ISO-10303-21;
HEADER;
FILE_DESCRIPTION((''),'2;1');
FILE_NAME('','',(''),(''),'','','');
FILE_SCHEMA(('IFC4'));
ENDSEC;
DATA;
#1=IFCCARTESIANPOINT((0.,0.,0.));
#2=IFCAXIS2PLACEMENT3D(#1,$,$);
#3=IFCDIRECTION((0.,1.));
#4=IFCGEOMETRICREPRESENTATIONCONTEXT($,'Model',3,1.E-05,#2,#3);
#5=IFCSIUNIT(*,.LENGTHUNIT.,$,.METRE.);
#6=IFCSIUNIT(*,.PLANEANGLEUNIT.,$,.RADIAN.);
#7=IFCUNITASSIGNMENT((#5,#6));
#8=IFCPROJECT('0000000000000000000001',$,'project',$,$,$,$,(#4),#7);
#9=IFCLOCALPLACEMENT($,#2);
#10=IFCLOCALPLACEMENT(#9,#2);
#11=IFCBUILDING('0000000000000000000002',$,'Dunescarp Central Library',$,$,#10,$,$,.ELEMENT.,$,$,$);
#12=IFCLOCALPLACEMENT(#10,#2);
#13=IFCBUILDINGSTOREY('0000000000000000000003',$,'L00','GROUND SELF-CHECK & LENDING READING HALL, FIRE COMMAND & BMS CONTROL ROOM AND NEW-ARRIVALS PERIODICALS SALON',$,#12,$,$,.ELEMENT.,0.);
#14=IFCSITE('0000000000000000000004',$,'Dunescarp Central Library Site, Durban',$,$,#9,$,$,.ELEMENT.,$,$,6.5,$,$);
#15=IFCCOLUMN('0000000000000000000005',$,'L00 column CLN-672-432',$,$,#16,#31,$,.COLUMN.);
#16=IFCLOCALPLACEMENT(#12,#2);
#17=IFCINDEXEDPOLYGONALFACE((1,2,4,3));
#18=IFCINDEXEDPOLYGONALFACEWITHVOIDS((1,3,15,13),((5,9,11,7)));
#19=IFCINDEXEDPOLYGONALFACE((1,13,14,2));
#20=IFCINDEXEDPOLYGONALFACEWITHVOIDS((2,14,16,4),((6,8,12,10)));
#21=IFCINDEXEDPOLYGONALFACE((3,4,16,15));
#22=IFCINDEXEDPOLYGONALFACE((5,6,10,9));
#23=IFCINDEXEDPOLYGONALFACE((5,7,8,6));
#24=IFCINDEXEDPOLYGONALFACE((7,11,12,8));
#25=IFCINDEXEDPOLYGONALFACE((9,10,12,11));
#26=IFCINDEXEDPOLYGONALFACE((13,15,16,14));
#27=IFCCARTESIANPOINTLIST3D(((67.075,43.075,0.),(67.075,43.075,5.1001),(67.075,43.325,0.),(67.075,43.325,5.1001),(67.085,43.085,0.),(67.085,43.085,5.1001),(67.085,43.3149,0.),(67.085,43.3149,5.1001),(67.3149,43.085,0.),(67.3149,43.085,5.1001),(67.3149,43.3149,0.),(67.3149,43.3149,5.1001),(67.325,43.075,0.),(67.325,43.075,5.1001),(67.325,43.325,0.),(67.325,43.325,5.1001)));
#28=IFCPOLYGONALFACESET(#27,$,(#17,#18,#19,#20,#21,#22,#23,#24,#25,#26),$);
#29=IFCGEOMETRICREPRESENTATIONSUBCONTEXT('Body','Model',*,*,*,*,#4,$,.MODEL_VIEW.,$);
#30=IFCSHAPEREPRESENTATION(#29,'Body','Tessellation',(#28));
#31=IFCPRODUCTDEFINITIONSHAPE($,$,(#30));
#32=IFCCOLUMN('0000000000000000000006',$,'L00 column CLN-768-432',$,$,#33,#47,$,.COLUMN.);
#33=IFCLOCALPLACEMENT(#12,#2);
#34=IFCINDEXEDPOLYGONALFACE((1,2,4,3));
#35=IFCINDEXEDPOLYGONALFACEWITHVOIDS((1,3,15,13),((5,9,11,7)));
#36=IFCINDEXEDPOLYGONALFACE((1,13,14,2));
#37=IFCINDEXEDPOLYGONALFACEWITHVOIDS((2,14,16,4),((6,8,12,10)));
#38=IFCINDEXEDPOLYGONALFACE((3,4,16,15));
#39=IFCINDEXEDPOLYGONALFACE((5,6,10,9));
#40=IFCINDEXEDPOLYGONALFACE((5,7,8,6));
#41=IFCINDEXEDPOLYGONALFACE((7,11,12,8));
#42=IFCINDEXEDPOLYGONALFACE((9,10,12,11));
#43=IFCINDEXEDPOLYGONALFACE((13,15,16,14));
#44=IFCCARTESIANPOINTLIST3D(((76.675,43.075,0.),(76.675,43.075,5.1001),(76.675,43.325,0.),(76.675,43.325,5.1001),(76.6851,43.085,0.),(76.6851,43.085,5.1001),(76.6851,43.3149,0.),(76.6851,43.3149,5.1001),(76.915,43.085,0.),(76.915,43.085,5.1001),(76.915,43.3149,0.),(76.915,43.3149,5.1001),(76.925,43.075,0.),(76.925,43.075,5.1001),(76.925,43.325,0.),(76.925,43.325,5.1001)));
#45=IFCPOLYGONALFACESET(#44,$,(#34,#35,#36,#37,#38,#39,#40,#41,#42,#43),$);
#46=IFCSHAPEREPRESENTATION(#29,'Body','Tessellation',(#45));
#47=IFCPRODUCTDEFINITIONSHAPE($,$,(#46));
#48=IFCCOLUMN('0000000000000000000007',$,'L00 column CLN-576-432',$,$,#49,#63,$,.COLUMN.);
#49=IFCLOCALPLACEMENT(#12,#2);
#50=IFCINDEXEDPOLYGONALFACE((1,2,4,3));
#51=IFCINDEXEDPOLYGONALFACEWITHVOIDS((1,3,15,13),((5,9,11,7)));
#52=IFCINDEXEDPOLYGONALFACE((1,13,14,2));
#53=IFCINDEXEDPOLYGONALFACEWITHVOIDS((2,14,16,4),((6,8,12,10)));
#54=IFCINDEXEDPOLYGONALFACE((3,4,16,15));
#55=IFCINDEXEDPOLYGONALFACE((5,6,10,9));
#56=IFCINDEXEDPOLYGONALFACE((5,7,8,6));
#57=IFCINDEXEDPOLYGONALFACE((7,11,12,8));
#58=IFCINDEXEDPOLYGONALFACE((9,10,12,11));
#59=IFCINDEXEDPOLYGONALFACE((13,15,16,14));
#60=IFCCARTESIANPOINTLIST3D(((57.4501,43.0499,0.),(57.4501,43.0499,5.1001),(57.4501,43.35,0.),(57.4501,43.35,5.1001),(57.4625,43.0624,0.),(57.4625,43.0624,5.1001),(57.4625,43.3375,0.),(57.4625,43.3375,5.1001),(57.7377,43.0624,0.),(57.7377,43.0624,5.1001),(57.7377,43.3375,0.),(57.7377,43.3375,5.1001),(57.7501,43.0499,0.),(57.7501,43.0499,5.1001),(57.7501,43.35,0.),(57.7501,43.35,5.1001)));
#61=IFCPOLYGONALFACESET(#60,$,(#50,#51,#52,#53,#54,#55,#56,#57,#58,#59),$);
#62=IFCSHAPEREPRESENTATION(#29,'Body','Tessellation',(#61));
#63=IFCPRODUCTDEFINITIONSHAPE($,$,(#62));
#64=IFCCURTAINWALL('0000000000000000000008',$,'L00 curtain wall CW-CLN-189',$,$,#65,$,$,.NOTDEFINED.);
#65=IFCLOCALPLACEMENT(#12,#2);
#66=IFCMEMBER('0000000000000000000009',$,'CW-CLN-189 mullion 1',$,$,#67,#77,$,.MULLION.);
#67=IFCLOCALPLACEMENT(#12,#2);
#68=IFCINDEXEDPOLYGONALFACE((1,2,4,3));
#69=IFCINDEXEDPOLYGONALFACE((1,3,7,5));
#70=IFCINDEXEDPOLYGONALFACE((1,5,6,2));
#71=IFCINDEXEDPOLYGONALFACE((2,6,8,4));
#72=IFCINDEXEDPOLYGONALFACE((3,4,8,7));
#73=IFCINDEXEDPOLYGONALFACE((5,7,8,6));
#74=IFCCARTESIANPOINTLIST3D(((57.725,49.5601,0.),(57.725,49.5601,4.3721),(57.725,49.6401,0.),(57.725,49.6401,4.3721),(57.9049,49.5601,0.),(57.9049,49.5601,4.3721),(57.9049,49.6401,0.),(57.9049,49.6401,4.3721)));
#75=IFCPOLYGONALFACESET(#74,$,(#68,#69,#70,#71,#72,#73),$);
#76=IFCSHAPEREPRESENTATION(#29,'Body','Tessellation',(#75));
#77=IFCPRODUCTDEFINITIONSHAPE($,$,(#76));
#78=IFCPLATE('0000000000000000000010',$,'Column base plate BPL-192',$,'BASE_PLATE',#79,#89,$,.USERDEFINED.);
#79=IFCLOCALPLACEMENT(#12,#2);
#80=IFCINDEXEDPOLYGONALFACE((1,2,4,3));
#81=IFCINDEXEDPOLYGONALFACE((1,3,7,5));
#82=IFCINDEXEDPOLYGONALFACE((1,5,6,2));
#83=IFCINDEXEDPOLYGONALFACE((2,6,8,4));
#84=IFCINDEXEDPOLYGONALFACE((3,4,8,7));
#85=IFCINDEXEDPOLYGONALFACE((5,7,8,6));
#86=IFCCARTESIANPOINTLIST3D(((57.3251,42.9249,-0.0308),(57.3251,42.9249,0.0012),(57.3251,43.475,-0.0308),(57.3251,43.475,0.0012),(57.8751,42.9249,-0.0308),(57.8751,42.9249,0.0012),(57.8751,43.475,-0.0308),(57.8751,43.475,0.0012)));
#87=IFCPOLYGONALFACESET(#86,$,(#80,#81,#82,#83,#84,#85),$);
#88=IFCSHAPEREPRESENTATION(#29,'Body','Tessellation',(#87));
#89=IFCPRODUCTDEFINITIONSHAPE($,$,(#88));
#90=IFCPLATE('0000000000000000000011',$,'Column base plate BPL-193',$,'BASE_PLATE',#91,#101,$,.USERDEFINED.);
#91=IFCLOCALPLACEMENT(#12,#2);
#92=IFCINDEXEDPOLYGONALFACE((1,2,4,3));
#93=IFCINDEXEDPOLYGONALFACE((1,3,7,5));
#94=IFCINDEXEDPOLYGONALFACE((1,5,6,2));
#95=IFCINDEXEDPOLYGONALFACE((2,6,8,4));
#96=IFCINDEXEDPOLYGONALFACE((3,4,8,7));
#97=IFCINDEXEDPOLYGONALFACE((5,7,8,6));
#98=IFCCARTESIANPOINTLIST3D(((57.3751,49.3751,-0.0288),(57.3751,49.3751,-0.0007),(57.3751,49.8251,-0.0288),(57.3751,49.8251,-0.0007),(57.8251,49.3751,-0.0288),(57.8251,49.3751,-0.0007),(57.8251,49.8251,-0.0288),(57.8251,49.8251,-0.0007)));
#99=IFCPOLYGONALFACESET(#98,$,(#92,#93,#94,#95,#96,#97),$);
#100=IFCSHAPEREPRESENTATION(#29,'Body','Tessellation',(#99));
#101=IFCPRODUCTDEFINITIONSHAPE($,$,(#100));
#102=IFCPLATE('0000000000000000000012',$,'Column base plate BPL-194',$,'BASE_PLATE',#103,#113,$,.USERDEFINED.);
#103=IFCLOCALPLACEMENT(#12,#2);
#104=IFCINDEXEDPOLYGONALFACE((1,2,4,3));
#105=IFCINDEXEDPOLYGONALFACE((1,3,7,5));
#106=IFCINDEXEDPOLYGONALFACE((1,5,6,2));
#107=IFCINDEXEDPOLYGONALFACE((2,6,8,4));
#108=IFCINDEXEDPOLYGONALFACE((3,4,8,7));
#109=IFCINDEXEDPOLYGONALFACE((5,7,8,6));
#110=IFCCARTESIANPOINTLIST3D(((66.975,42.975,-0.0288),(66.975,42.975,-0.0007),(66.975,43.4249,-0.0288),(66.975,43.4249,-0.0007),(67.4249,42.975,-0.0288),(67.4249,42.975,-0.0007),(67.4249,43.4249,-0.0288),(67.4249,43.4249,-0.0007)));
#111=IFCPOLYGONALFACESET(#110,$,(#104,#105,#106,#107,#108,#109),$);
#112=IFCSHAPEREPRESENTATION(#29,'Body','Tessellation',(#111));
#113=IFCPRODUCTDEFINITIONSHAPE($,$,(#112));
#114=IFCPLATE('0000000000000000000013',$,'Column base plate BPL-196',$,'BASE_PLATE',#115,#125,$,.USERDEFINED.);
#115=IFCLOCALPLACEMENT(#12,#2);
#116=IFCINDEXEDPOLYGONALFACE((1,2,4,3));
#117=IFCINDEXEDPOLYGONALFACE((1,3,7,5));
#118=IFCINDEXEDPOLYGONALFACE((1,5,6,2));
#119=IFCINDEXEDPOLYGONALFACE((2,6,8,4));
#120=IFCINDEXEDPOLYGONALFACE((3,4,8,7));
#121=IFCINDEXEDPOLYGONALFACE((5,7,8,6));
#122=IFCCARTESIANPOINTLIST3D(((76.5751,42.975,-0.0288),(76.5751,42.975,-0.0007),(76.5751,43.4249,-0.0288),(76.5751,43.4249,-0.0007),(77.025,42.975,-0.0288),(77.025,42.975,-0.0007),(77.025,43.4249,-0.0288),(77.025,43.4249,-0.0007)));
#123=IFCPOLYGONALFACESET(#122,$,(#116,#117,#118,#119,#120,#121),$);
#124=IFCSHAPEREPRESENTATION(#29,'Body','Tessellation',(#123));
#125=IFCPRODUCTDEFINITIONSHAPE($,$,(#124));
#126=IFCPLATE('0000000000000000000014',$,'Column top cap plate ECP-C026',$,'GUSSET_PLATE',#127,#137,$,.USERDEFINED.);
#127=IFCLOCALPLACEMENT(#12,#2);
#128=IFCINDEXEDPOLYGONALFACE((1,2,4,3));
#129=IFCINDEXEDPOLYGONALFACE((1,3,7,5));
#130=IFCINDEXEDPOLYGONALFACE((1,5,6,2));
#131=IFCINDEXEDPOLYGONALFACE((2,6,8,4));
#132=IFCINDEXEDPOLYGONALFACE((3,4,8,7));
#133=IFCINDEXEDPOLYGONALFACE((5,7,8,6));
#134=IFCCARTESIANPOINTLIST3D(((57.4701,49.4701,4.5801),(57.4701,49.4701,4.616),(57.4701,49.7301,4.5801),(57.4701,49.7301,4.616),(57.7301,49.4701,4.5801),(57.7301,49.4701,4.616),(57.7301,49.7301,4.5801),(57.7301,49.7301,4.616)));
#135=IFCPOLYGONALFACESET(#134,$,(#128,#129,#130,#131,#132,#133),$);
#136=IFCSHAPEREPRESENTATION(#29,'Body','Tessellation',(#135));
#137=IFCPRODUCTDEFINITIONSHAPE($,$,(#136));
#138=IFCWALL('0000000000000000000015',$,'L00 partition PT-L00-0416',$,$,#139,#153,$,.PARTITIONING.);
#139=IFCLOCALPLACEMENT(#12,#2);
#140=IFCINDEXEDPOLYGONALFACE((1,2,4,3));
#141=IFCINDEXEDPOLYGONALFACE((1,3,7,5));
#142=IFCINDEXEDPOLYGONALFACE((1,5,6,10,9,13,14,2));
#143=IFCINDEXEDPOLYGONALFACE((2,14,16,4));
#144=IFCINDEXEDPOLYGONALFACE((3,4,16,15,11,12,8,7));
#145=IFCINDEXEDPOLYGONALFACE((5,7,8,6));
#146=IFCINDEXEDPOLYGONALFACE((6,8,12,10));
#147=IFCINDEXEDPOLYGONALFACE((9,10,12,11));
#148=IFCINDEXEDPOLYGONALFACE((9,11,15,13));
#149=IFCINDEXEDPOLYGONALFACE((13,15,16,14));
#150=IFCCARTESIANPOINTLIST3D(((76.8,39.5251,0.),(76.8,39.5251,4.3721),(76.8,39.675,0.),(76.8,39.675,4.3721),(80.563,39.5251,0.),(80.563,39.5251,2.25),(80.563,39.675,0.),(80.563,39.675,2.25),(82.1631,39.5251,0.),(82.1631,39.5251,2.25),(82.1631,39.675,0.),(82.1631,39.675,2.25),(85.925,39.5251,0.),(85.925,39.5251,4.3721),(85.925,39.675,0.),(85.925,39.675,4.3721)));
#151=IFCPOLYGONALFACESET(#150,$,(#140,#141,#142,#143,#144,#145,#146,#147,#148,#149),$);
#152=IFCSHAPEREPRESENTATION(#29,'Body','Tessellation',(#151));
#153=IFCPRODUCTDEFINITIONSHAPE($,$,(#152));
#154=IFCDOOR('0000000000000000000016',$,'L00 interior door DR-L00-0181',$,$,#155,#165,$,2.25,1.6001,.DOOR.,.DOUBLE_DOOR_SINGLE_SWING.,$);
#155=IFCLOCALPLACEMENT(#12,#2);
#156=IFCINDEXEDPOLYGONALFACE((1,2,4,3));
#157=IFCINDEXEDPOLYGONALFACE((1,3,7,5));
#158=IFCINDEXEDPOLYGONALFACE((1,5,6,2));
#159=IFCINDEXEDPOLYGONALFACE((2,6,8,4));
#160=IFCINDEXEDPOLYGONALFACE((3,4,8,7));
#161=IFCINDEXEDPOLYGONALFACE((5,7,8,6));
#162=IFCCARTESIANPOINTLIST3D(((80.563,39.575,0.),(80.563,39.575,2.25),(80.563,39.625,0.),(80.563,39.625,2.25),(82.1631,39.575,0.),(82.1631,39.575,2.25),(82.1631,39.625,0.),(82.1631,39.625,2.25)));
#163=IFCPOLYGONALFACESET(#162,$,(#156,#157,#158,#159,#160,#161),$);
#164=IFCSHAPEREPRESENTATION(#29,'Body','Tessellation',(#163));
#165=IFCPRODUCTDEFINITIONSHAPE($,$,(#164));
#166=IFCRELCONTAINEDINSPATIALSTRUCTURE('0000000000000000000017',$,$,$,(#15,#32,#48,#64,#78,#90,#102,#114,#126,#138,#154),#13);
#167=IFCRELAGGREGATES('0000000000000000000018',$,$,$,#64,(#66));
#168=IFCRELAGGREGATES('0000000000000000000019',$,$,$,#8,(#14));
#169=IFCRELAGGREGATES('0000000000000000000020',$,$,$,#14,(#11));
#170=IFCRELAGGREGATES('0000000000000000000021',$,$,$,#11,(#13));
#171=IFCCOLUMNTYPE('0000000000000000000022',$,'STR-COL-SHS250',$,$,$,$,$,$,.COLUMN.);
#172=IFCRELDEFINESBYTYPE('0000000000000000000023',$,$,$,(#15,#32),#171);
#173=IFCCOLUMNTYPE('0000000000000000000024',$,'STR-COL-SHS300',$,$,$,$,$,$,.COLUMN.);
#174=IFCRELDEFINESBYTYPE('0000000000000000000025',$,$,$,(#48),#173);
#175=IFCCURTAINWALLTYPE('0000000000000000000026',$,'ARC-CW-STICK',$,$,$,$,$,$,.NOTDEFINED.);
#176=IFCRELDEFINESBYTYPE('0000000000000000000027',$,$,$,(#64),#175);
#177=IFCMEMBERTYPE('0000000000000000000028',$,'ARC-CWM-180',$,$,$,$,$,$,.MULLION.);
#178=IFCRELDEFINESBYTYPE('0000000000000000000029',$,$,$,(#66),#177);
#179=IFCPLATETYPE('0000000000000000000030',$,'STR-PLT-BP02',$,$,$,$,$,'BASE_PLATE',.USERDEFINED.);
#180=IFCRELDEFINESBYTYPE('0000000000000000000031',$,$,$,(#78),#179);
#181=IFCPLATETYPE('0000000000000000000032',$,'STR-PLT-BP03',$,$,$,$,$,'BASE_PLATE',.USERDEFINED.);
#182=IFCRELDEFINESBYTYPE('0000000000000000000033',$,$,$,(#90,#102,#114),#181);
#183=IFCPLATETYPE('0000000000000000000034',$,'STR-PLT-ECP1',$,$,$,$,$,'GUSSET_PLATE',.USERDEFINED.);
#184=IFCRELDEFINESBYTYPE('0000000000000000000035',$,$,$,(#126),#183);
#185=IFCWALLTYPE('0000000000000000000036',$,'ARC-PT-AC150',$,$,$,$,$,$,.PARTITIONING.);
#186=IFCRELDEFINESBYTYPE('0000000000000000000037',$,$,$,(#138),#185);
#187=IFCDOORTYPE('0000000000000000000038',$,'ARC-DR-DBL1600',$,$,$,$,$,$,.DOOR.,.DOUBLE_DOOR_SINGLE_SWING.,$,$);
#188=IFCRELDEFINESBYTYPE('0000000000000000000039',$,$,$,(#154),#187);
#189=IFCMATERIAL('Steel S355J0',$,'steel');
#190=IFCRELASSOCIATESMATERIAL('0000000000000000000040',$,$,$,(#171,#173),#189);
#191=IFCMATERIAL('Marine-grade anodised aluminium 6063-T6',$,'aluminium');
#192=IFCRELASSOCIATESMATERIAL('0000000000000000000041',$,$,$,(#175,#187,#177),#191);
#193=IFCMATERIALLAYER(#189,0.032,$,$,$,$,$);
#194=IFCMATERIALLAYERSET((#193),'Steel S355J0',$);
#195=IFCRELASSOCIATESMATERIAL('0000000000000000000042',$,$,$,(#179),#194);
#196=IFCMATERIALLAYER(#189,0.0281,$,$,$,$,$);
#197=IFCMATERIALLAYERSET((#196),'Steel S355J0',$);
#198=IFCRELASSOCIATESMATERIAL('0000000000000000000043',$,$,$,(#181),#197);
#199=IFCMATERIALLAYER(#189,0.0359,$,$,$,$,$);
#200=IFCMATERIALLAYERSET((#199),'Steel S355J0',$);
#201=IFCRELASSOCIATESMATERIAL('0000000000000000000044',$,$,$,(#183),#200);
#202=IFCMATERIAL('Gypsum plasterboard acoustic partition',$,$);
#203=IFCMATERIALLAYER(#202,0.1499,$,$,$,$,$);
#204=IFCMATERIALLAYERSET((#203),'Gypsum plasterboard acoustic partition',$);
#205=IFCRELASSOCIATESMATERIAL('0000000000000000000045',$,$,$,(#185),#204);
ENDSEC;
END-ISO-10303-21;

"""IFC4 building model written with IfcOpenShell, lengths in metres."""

from ifc_helpers import new_model, si_unit, direction, frame, frame_2d, origin, origin_2d, place, context, subcontext, project, spatial, rectangle, hollow_rectangle, extrude, material, layer, layer_set, material_profile, profile_set, type_object, element, fill, aggregate, save


model = new_model("IFC4")

# Units and contexts
model_context = context("Model", 3, precision=1e-05, world=origin(), true_north=direction((0.0, 1.0)))
body_context = subcontext(model_context, "Body", "Model", "MODEL_VIEW")
ifc_project = project(units=[si_unit("LENGTHUNIT", "METRE"), si_unit("PLANEANGLEUNIT", "RADIAN")], contexts=[model_context])

# Site, building, storey
site_placement = place(None, origin())
site = spatial("IfcSite", under=ifc_project, at=site_placement, Name="Dunescarp Central Library Site, Durban", CompositionType="ELEMENT", RefElevation=6.5)
building_placement = place(site_placement, origin())
building = spatial("IfcBuilding", under=site, at=building_placement, Name="Dunescarp Central Library", CompositionType="ELEMENT")
storey_placement = place(building_placement, origin())
storey = spatial("IfcBuildingStorey", under=building, at=storey_placement, Name="L00", Description="GROUND SELF-CHECK & LENDING READING HALL, FIRE COMMAND & BMS CONTROL ROOM AND NEW-ARRIVALS PERIODICALS SALON", CompositionType="ELEMENT", Elevation=0.0)

# Columns
ifc_material_1 = material(Name="Steel S355J0", Category="steel")
ifc_material_profile_1 = material_profile(ifc_material_1, hollow_rectangle(XDim=0.25, YDim=0.25, WallThickness=0.01, at=origin_2d()), Name="SHS 250x250x10")
ifc_profile_set_1 = profile_set([ifc_material_profile_1], Name="Steel S355J0")
column_type_1 = type_object("IfcColumnType", Name="STR-COL-SHS250", PredefinedType="COLUMN", material=ifc_profile_set_1)
for number, where, z_axis, x_axis, name in (
    (1, (67.2, 43.2, 0.0), (0.0, 0.0, 1.0), (1.0, 0.0, 0.0), "L00 column CLN-672-432"),
    (2, (76.8, 43.2, 0.0), (0.0, 0.0, 1.0), (1.0, 0.0, 0.0), "L00 column CLN-768-432"),
):
    element("IfcColumn", number, at=place(storey_placement, frame(where, z_axis=z_axis, x_axis=x_axis)), inside=storey, type_object=column_type_1, Name=name, PredefinedType="COLUMN", context=body_context, shape_type="SweptSolid", body=[
        extrude(hollow_rectangle(XDim=0.25, YDim=0.25, WallThickness=0.01, at=origin_2d()), origin(), (0.0, 0.0, 1.0), 5.1001),
    ])
ifc_material_profile_2 = material_profile(ifc_material_1, hollow_rectangle(XDim=0.3, YDim=0.3, WallThickness=0.0125, at=origin_2d()), Name="SHS 300x300x12.5")
ifc_profile_set_2 = profile_set([ifc_material_profile_2], Name="Steel S355J0")
column_type_2 = type_object("IfcColumnType", Name="STR-COL-SHS300", PredefinedType="COLUMN", material=ifc_profile_set_2)
column_1_placement = place(storey_placement, frame((57.6001, 43.2, 0.0), z_axis=(0.0, 0.0, 1.0), x_axis=(1.0, 0.0, 0.0)))
element("IfcColumn", 3, at=column_1_placement, inside=storey, type_object=column_type_2, Name="L00 column CLN-576-432", PredefinedType="COLUMN", context=body_context, shape_type="SweptSolid", body=[
    extrude(hollow_rectangle(XDim=0.3, YDim=0.3, WallThickness=0.0125, at=origin_2d()), origin(), (0.0, 0.0, 1.0), 5.1001),
])

# Curtain wall, member
ifc_material_2 = material(Name="Marine-grade anodised aluminium 6063-T6", Category="aluminium")
curtain_wall_type = type_object("IfcCurtainWallType", Name="ARC-CW-STICK", PredefinedType="NOTDEFINED", material=ifc_material_2)
curtain_wall_placement = place(storey_placement, origin())
curtain_wall = element("IfcCurtainWall", 4, at=curtain_wall_placement, inside=storey, type_object=curtain_wall_type, Name="L00 curtain wall CW-CLN-189", PredefinedType="NOTDEFINED")
ifc_material_profile_3 = material_profile(ifc_material_2, rectangle(XDim=0.0801, YDim=0.1799, at=origin_2d()), Name="AL 80x180")
ifc_profile_set_3 = profile_set([ifc_material_profile_3], Name="Marine-grade anodised aluminium 6063-T6")
member_type = type_object("IfcMemberType", Name="ARC-CWM-180", PredefinedType="MULLION", material=ifc_profile_set_3)
member_placement = place(storey_placement, frame((57.8149, 49.6001, 0.0), z_axis=(0.0, 0.0, 1.0), x_axis=(0.0, 1.0, 0.0)))
member = element("IfcMember", 5, at=member_placement, type_object=member_type, Name="CW-CLN-189 mullion 1", PredefinedType="MULLION", context=body_context, shape_type="SweptSolid", body=[
    extrude(rectangle(XDim=0.0801, YDim=0.1799, at=origin_2d()), origin(), (0.0, 0.0, 1.0), 4.3721),
])
aggregate(curtain_wall, [member])

# Plates
ifc_layer_1 = layer(ifc_material_1, 0.032)
ifc_layer_set_1 = layer_set([ifc_layer_1], Name="Steel S355J0")
plate_type_1 = type_object("IfcPlateType", Name="STR-PLT-BP02", ElementType="BASE_PLATE", PredefinedType="USERDEFINED", material=ifc_layer_set_1)
plate_1_placement = place(storey_placement, frame((57.6001, 43.2, -0.0308), z_axis=(0.0, 0.0, 1.0), x_axis=(1.0, 0.0, 0.0)))
element("IfcPlate", 6, at=plate_1_placement, inside=storey, type_object=plate_type_1, Name="Column base plate BPL-192", ObjectType="BASE_PLATE", PredefinedType="USERDEFINED", context=body_context, shape_type="SweptSolid", body=[
    extrude(rectangle(XDim=0.55, YDim=0.55, at=origin_2d()), origin(), (0.0, 0.0, 1.0), 0.032),
])
ifc_layer_2 = layer(ifc_material_1, 0.0281)
ifc_layer_set_2 = layer_set([ifc_layer_2], Name="Steel S355J0")
plate_type_2 = type_object("IfcPlateType", Name="STR-PLT-BP03", ElementType="BASE_PLATE", PredefinedType="USERDEFINED", material=ifc_layer_set_2)
for number, where, z_axis, x_axis, name in (
    (7, (57.6001, 49.6001, -0.0288), (0.0, 0.0, 1.0), (1.0, 0.0, 0.0), "Column base plate BPL-193"),
    (8, (67.2, 43.2, -0.0288), (0.0, 0.0, 1.0), (1.0, 0.0, 0.0), "Column base plate BPL-194"),
    (9, (76.8, 43.2, -0.0288), (0.0, 0.0, 1.0), (1.0, 0.0, 0.0), "Column base plate BPL-196"),
):
    element("IfcPlate", number, at=place(storey_placement, frame(where, z_axis=z_axis, x_axis=x_axis)), inside=storey, type_object=plate_type_2, Name=name, ObjectType="BASE_PLATE", PredefinedType="USERDEFINED", context=body_context, shape_type="SweptSolid", body=[
        extrude(rectangle(XDim=0.45, YDim=0.45, at=origin_2d()), origin(), (0.0, 0.0, 1.0), 0.0281),
    ])
ifc_layer_3 = layer(ifc_material_1, 0.0359)
ifc_layer_set_3 = layer_set([ifc_layer_3], Name="Steel S355J0")
plate_type_3 = type_object("IfcPlateType", Name="STR-PLT-ECP1", ElementType="GUSSET_PLATE", PredefinedType="USERDEFINED", material=ifc_layer_set_3)
plate_2_placement = place(storey_placement, frame((57.6001, 49.6001, 4.5801), z_axis=(0.0, 0.0, 1.0), x_axis=(1.0, 0.0, 0.0)))
element("IfcPlate", 10, at=plate_2_placement, inside=storey, type_object=plate_type_3, Name="Column top cap plate ECP-C026", ObjectType="GUSSET_PLATE", PredefinedType="USERDEFINED", context=body_context, shape_type="SweptSolid", body=[
    extrude(rectangle(XDim=0.26, YDim=0.26, at=origin_2d()), origin(), (0.0, 0.0, 1.0), 0.0359),
])

# Wall, opening, door
ifc_material_3 = material(Name="Gypsum plasterboard acoustic partition")
ifc_layer_4 = layer(ifc_material_3, 0.1499)
ifc_layer_set_4 = layer_set([ifc_layer_4], Name="Gypsum plasterboard acoustic partition")
wall_type_1 = type_object("IfcWallType", Name="ARC-PT-AC150", PredefinedType="PARTITIONING", material=ifc_layer_set_4)
wall_1_placement = place(storey_placement, frame((76.8, 39.6001, 0.0), z_axis=(0.0, 0.0, 1.0), x_axis=(1.0, 0.0, 0.0)))
wall_1 = element("IfcWall", 11, at=wall_1_placement, inside=storey, type_object=wall_type_1, Name="L00 partition PT-L00-0416", PredefinedType="PARTITIONING", context=body_context, shape_type="SweptSolid", body=[
    extrude(rectangle(XDim=9.125, YDim=0.1499, at=frame_2d((4.5625, 0.0))), origin(), (0.0, 0.0, 1.0), 4.3721),
])
opening_1_placement = place(wall_1_placement, frame((3.7629, 0.0, 0.0)))
opening_1 = element("IfcOpeningElement", 12, at=opening_1_placement, cuts=wall_1, PredefinedType="OPENING", context=body_context, shape_type="SweptSolid", body=[
    extrude(rectangle(XDim=1.6001, YDim=2.25, at=frame_2d((0.8, 1.125))), frame((0.0, 0.085, 0.0), z_axis=(0.0, -1.0, 0.0), x_axis=(1.0, 0.0, 0.0)), (0.0, 0.0, 1.0), 0.1699),
])
door_type = type_object("IfcDoorType", Name="ARC-DR-DBL1600", OperationType="DOUBLE_DOOR_SINGLE_SWING", PredefinedType="DOOR", material=ifc_material_2)
door_placement = place(opening_1_placement, origin())
door = element("IfcDoor", 13, at=door_placement, inside=storey, type_object=door_type, Name="L00 interior door DR-L00-0181", OperationType="DOUBLE_DOOR_SINGLE_SWING", OverallHeight=2.25, OverallWidth=1.6001, PredefinedType="DOOR", context=body_context, shape_type="SweptSolid", body=[
    extrude(rectangle(XDim=1.6001, YDim=2.25, at=frame_2d((0.8, 1.125))), frame((0.0, 0.0249, 0.0), z_axis=(0.0, -1.0, 0.0), x_axis=(1.0, 0.0, 0.0)), (0.0, 0.0, 1.0), 0.05),
])
fill(opening_1, door)

save(model, "model.ifc")
